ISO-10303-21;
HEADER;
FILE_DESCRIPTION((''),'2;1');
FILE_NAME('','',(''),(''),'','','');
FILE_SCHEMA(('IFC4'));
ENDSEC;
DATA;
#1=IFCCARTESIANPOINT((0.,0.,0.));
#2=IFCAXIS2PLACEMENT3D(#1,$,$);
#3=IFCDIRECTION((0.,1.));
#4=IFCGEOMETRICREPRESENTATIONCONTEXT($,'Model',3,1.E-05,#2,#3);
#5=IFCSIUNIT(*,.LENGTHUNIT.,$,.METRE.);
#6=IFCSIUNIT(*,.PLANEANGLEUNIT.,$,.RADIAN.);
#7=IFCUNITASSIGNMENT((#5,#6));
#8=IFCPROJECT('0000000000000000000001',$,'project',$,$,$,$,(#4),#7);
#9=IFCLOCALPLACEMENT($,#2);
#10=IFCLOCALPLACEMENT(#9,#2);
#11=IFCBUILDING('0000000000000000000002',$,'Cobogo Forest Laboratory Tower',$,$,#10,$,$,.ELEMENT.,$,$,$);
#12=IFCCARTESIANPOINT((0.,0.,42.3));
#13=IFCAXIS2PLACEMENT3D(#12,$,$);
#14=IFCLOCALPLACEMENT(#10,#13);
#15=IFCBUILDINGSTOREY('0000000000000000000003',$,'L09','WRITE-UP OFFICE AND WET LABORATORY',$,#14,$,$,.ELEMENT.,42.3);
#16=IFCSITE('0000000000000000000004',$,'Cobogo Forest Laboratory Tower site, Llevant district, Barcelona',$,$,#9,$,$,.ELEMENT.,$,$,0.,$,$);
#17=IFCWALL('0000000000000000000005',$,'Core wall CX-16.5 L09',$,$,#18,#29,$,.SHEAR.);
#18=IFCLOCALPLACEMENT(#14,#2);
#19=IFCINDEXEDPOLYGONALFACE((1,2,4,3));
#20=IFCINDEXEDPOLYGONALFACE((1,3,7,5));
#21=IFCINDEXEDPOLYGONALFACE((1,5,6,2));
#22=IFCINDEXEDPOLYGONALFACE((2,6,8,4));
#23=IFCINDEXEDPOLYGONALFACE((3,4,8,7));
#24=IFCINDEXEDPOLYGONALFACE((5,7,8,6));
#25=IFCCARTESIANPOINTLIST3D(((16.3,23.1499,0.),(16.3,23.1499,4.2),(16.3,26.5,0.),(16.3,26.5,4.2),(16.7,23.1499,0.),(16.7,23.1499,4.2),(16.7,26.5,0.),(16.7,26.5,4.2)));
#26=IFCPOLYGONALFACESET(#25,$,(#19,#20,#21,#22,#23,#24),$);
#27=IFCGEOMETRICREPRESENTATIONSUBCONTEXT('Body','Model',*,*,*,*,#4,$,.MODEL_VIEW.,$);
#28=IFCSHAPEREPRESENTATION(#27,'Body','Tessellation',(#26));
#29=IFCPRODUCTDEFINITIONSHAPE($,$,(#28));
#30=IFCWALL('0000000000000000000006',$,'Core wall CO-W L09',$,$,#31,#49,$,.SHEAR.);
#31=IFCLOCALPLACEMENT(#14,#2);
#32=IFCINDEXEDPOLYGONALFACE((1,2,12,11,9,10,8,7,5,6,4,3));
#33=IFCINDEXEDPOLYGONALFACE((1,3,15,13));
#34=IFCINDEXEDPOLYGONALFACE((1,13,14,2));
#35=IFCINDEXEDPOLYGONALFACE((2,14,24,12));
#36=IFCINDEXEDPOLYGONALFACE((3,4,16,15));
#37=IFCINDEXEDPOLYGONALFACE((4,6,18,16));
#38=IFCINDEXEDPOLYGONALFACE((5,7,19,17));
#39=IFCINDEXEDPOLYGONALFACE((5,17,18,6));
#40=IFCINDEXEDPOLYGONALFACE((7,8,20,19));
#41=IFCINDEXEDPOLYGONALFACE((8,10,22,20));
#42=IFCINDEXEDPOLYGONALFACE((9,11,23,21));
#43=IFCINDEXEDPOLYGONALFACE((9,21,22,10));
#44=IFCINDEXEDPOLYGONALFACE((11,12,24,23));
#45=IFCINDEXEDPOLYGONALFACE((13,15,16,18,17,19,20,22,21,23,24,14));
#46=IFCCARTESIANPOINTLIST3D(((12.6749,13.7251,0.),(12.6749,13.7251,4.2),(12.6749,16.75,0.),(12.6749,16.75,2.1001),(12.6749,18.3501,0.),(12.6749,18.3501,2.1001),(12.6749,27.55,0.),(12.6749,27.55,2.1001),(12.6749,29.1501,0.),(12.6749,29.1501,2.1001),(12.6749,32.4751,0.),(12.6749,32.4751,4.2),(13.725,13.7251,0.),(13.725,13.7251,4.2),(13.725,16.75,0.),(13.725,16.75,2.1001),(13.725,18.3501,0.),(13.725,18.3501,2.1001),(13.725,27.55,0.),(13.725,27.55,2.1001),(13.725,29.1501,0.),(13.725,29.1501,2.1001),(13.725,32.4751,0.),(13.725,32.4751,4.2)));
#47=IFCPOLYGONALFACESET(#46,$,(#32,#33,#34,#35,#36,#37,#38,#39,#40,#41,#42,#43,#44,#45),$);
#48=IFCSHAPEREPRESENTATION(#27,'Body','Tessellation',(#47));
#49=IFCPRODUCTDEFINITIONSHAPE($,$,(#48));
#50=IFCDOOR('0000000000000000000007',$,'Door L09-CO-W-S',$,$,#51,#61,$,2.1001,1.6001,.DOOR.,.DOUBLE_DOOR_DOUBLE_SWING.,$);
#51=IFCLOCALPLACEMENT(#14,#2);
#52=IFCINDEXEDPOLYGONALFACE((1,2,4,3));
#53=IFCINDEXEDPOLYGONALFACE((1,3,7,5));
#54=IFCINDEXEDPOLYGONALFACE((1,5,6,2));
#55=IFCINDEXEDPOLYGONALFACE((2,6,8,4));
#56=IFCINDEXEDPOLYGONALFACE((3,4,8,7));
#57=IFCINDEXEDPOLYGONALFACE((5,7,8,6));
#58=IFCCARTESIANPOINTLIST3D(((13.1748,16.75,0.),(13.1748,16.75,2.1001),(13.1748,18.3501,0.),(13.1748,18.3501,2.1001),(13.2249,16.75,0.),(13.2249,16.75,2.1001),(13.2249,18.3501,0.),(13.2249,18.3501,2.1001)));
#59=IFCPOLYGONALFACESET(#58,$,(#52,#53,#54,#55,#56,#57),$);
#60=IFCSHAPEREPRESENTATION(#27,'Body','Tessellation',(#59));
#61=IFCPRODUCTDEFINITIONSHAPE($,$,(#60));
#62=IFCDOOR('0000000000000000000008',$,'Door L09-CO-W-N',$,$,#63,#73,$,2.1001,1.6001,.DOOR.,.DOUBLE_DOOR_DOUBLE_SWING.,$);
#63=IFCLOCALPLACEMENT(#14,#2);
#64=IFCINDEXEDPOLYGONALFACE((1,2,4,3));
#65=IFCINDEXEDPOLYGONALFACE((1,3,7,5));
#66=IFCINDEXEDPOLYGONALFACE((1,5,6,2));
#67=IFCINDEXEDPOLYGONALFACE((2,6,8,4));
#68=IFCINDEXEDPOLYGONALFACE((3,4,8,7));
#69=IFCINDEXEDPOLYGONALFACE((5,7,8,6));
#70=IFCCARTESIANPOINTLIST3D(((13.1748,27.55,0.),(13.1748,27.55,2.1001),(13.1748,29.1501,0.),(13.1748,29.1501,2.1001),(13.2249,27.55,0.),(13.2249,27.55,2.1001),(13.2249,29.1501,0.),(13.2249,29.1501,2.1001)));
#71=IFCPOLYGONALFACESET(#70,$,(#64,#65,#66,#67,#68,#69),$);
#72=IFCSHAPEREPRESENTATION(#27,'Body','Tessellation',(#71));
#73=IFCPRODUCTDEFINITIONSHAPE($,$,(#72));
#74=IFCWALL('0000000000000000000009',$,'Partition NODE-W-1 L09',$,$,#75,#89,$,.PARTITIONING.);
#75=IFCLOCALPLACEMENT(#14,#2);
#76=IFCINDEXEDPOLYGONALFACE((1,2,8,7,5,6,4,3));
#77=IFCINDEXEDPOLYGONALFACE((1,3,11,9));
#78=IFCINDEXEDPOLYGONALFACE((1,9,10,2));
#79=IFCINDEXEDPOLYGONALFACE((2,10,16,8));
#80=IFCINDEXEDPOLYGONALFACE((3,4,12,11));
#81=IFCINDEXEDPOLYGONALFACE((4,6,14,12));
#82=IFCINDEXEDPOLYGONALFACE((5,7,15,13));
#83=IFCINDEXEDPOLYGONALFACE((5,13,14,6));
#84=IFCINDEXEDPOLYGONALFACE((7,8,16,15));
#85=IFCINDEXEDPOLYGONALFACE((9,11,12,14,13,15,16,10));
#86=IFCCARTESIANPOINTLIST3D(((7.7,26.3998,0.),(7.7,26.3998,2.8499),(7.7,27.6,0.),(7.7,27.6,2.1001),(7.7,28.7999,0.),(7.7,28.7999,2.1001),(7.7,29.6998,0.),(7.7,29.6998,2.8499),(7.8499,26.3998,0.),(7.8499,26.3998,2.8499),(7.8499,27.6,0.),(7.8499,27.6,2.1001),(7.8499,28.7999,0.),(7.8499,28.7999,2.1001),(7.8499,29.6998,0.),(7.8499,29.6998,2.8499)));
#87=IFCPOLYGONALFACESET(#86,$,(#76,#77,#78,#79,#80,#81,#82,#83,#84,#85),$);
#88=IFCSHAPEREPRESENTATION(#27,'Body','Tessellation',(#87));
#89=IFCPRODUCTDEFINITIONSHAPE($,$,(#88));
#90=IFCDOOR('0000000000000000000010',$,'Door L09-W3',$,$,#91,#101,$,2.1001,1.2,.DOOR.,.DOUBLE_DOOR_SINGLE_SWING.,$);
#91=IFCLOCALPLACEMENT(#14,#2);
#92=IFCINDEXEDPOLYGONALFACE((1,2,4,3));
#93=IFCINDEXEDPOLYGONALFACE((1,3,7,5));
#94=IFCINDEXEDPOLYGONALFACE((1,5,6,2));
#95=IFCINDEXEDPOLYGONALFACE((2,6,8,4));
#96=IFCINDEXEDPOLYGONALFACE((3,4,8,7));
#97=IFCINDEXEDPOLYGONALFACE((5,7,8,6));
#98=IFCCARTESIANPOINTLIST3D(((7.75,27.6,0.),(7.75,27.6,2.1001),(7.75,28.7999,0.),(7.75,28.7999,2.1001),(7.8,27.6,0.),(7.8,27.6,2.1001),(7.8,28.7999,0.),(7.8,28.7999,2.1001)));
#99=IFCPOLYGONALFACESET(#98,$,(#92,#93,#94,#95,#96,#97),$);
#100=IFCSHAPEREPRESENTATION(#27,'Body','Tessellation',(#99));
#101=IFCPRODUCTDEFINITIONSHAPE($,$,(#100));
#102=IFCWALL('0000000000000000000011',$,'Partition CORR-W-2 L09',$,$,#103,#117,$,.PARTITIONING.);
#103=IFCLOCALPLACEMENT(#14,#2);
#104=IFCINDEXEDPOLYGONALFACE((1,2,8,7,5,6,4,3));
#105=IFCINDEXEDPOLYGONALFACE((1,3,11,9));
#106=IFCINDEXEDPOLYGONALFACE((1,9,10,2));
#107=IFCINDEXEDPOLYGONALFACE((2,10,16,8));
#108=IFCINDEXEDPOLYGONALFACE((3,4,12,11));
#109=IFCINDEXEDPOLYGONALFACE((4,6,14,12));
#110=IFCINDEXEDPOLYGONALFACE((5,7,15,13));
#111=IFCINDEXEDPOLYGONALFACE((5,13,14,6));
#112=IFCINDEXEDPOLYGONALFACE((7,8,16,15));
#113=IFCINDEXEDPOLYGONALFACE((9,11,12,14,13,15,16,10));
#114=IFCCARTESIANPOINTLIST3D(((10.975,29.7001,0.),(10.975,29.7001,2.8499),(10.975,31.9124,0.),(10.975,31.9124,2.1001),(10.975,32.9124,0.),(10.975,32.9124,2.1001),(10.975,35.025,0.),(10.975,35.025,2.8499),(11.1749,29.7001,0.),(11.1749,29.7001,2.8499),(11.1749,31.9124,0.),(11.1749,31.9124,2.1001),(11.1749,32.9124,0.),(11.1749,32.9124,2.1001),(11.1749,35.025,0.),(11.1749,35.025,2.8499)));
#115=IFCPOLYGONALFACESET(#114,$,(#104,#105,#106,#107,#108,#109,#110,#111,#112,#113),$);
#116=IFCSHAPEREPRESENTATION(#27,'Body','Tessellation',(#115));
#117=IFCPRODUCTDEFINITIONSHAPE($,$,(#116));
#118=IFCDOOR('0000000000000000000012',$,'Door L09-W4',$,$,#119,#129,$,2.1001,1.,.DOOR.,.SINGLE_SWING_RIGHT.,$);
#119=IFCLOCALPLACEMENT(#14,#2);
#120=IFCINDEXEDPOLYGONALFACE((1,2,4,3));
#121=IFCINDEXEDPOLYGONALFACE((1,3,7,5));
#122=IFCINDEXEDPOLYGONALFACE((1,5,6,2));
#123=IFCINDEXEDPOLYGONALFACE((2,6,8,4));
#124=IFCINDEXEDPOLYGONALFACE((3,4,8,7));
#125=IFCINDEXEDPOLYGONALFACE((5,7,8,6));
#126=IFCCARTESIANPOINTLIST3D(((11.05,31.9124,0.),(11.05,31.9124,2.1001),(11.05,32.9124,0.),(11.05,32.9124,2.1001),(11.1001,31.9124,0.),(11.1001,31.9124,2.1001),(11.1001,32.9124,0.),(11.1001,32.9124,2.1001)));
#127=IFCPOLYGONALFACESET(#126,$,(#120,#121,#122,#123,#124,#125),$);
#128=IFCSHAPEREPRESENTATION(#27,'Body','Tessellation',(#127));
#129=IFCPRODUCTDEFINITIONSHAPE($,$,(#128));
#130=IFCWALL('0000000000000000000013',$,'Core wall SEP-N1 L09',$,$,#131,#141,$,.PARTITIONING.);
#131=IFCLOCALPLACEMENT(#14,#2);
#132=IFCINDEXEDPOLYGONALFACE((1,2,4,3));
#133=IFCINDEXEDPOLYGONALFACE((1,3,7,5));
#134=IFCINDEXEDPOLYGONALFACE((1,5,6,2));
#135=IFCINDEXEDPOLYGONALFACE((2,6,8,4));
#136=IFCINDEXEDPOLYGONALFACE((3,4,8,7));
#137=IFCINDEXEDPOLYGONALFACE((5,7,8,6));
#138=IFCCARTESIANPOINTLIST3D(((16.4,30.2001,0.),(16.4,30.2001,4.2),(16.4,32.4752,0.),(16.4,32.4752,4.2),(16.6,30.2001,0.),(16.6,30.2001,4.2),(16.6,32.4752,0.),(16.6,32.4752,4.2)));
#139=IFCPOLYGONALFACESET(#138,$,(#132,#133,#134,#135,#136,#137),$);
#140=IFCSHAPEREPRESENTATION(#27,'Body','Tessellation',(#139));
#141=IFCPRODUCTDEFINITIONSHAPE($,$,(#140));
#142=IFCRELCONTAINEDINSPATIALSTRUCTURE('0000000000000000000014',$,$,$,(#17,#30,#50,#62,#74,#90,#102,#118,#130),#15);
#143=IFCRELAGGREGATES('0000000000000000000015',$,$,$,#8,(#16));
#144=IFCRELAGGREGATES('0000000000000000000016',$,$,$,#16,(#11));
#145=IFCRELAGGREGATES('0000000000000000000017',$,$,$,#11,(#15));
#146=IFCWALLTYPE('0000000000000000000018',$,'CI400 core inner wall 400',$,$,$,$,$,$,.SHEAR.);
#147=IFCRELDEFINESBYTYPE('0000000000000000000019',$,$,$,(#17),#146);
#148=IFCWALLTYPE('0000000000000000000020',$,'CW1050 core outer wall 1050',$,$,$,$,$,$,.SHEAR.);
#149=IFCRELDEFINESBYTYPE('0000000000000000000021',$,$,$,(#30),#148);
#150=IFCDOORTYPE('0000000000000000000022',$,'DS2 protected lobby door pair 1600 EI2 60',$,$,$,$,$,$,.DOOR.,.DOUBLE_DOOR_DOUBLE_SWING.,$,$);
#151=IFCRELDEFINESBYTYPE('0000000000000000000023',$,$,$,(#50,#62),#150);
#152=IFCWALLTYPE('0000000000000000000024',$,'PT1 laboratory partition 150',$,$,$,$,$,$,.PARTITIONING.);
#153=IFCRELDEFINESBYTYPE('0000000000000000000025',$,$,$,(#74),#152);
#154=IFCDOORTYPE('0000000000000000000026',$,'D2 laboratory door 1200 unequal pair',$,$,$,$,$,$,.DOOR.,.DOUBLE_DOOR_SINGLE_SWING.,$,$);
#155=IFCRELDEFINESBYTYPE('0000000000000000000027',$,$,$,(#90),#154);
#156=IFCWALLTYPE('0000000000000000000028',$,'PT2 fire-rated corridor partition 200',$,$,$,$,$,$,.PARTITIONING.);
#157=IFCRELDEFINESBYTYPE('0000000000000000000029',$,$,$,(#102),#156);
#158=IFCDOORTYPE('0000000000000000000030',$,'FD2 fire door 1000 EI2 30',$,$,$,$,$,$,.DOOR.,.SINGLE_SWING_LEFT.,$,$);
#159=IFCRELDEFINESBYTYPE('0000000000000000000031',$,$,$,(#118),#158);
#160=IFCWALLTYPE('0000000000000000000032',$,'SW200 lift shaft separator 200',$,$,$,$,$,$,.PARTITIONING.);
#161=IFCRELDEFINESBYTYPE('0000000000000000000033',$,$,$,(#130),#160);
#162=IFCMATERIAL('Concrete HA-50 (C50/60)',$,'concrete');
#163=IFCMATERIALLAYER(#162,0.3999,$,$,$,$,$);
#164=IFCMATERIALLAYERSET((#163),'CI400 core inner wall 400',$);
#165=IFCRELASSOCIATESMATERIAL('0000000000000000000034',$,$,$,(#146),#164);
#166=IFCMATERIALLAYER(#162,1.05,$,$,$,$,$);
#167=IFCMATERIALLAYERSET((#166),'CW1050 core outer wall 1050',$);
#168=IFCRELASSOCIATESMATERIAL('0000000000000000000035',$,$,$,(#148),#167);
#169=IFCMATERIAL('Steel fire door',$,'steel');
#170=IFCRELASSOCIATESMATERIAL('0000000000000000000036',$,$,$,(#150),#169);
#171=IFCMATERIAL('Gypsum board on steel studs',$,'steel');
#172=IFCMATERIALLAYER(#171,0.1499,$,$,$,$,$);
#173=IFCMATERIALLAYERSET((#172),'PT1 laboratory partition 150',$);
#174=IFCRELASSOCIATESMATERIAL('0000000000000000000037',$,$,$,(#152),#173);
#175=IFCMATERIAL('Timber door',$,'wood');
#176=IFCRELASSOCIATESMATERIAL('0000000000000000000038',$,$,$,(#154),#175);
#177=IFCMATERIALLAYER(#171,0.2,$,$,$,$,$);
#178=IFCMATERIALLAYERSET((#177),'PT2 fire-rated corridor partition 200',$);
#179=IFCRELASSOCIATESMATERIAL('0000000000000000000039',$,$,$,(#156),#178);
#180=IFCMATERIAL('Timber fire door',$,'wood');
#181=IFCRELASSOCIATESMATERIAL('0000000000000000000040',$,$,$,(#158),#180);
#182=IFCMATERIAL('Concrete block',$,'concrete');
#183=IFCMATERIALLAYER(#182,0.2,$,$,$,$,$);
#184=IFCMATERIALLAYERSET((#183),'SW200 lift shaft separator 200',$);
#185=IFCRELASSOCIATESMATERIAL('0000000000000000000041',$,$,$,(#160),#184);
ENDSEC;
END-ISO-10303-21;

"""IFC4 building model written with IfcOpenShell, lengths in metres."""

from ifc_helpers import new_model, si_unit, direction, frame, frame_2d, origin, place, context, subcontext, project, spatial, rectangle, extrude, material, layer, layer_set, type_object, element, fill, save


model = new_model("IFC4")

# Units and contexts
model_context = context("Model", 3, precision=1e-05, world=origin(), true_north=direction((0.0, 1.0)))
body_context = subcontext(model_context, "Body", "Model", "MODEL_VIEW")
ifc_project = project(units=[si_unit("LENGTHUNIT", "METRE"), si_unit("PLANEANGLEUNIT", "RADIAN")], contexts=[model_context])

# Site, building, storey
site_placement = place(None, origin())
site = spatial("IfcSite", under=ifc_project, at=site_placement, Name="Cobogo Forest Laboratory Tower site, Llevant district, Barcelona", CompositionType="ELEMENT", RefElevation=0.0)
building_placement = place(site_placement, origin())
building = spatial("IfcBuilding", under=site, at=building_placement, Name="Cobogo Forest Laboratory Tower", CompositionType="ELEMENT")
storey_placement = place(building_placement, frame((0.0, 0.0, 42.3)))
storey = spatial("IfcBuildingStorey", under=building, at=storey_placement, Name="L09", Description="WRITE-UP OFFICE AND WET LABORATORY", CompositionType="ELEMENT", Elevation=42.3)

# Shared definitions
ifc_material_1 = material(Name="Concrete HA-50 (C50/60)", Category="concrete")
ifc_layer_1 = layer(ifc_material_1, 0.3999)
ifc_layer_set_1 = layer_set([ifc_layer_1], Name="CI400 core inner wall 400")
wall_type_1 = type_object("IfcWallType", Name="CI400 core inner wall 400", PredefinedType="SHEAR", material=ifc_layer_set_1)

# Shared definitions
ifc_material_2 = material(Name="Steel fire door", Category="steel")

# Wall
wall_1_placement = place(storey_placement, frame((16.5, 23.1499, 0.0), z_axis=(0.0, 0.0, 1.0), x_axis=(0.0, 1.0, 0.0)))
element("IfcWall", 1, at=wall_1_placement, inside=storey, type_object=wall_type_1, Name="Core wall CX-16.5 L09", PredefinedType="SHEAR", context=body_context, shape_type="SweptSolid", body=[
    extrude(rectangle(XDim=3.3501, YDim=0.3999, at=frame_2d((1.675, 0.0))), origin(), (0.0, 0.0, 1.0), 4.2),
])

# Wall, openings, doors
ifc_layer_2 = layer(ifc_material_1, 1.05)
ifc_layer_set_2 = layer_set([ifc_layer_2], Name="CW1050 core outer wall 1050")
wall_type_2 = type_object("IfcWallType", Name="CW1050 core outer wall 1050", PredefinedType="SHEAR", material=ifc_layer_set_2)
wall_2_placement = place(storey_placement, frame((13.2, 32.4751, 0.0), z_axis=(0.0, 0.0, 1.0), x_axis=(0.0, -1.0, 0.0)))
wall_2 = element("IfcWall", 2, at=wall_2_placement, inside=storey, type_object=wall_type_2, Name="Core wall CO-W L09", PredefinedType="SHEAR", context=body_context, shape_type="SweptSolid", body=[
    extrude(rectangle(XDim=18.75, YDim=1.05, at=frame_2d((9.375, 0.0))), origin(), (0.0, 0.0, 1.0), 4.2),
])
opening_1_placement = place(wall_2_placement, frame((14.125, 0.0, 0.0)))
opening_1 = element("IfcOpeningElement", 3, at=opening_1_placement, cuts=wall_2, PredefinedType="OPENING", context=body_context, shape_type="SweptSolid", body=[
    extrude(rectangle(XDim=1.6001, YDim=2.1001, at=frame_2d((0.8, 1.05))), frame((0.0, 0.5349, 0.0), z_axis=(0.0, -1.0, 0.0), x_axis=(1.0, 0.0, 0.0)), (0.0, 0.0, 1.0), 1.0701),
])
opening_2_placement = place(wall_2_placement, frame((3.325, 0.0, 0.0)))
opening_2 = element("IfcOpeningElement", 4, at=opening_2_placement, cuts=wall_2, PredefinedType="OPENING", context=body_context, shape_type="SweptSolid", body=[
    extrude(rectangle(XDim=1.6001, YDim=2.1001, at=frame_2d((0.8, 1.05))), frame((0.0, 0.5349, 0.0), z_axis=(0.0, -1.0, 0.0), x_axis=(1.0, 0.0, 0.0)), (0.0, 0.0, 1.0), 1.0701),
])
door_type_1 = type_object("IfcDoorType", Name="DS2 protected lobby door pair 1600 EI2 60", OperationType="DOUBLE_DOOR_DOUBLE_SWING", PredefinedType="DOOR", material=ifc_material_2)
door_1_placement = place(opening_1_placement, origin())
door_1 = element("IfcDoor", 5, at=door_1_placement, inside=storey, type_object=door_type_1, Name="Door L09-CO-W-S", OperationType="DOUBLE_DOOR_DOUBLE_SWING", OverallHeight=2.1001, OverallWidth=1.6001, PredefinedType="DOOR", context=body_context, shape_type="SweptSolid", body=[
    extrude(rectangle(XDim=1.6001, YDim=2.1001, at=frame_2d((0.8, 1.05))), frame((0.0, 0.0249, 0.0), z_axis=(0.0, -1.0, 0.0), x_axis=(1.0, 0.0, 0.0)), (0.0, 0.0, 1.0), 0.05),
])
fill(opening_1, door_1)
door_2_placement = place(opening_2_placement, origin())
door_2 = element("IfcDoor", 6, at=door_2_placement, inside=storey, type_object=door_type_1, Name="Door L09-CO-W-N", OperationType="DOUBLE_DOOR_DOUBLE_SWING", OverallHeight=2.1001, OverallWidth=1.6001, PredefinedType="DOOR", context=body_context, shape_type="SweptSolid", body=[
    extrude(rectangle(XDim=1.6001, YDim=2.1001, at=frame_2d((0.8, 1.05))), frame((0.0, 0.0249, 0.0), z_axis=(0.0, -1.0, 0.0), x_axis=(1.0, 0.0, 0.0)), (0.0, 0.0, 1.0), 0.05),
])
fill(opening_2, door_2)

# Walls, openings, doors
ifc_material_3 = material(Name="Gypsum board on steel studs", Category="steel")
ifc_layer_3 = layer(ifc_material_3, 0.1499)
ifc_layer_set_3 = layer_set([ifc_layer_3], Name="PT1 laboratory partition 150")
wall_type_3 = type_object("IfcWallType", Name="PT1 laboratory partition 150", PredefinedType="PARTITIONING", material=ifc_layer_set_3)
wall_3_placement = place(storey_placement, frame((7.7749, 26.3999, 0.0), z_axis=(0.0, 0.0, 1.0), x_axis=(0.0, 1.0, 0.0)))
wall_3 = element("IfcWall", 7, at=wall_3_placement, inside=storey, type_object=wall_type_3, Name="Partition NODE-W-1 L09", PredefinedType="PARTITIONING", context=body_context, shape_type="SweptSolid", body=[
    extrude(rectangle(XDim=3.3, YDim=0.1499, at=frame_2d((1.6499, 0.0))), origin(), (0.0, 0.0, 1.0), 2.8499),
])
opening_3_placement = place(wall_3_placement, frame((1.2, 0.0, 0.0)))
opening_3 = element("IfcOpeningElement", 8, at=opening_3_placement, cuts=wall_3, PredefinedType="OPENING", context=body_context, shape_type="SweptSolid", body=[
    extrude(rectangle(XDim=1.2, YDim=2.1001, at=frame_2d((0.6001, 1.05))), frame((0.0, 0.085, 0.0), z_axis=(0.0, -1.0, 0.0), x_axis=(1.0, 0.0, 0.0)), (0.0, 0.0, 1.0), 0.1699),
])
ifc_material_4 = material(Name="Timber door", Category="wood")
door_type_2 = type_object("IfcDoorType", Name="D2 laboratory door 1200 unequal pair", OperationType="DOUBLE_DOOR_SINGLE_SWING", PredefinedType="DOOR", material=ifc_material_4)
door_3_placement = place(opening_3_placement, origin())
door_3 = element("IfcDoor", 9, at=door_3_placement, inside=storey, type_object=door_type_2, Name="Door L09-W3", OperationType="DOUBLE_DOOR_SINGLE_SWING", OverallHeight=2.1001, OverallWidth=1.2, PredefinedType="DOOR", context=body_context, shape_type="SweptSolid", body=[
    extrude(rectangle(XDim=1.2, YDim=2.1001, at=frame_2d((0.6001, 1.05))), frame((0.0, 0.0249, 0.0), z_axis=(0.0, -1.0, 0.0), x_axis=(1.0, 0.0, 0.0)), (0.0, 0.0, 1.0), 0.05),
])
fill(opening_3, door_3)
ifc_layer_4 = layer(ifc_material_3, 0.2)
ifc_layer_set_4 = layer_set([ifc_layer_4], Name="PT2 fire-rated corridor partition 200")
wall_type_4 = type_object("IfcWallType", Name="PT2 fire-rated corridor partition 200", PredefinedType="PARTITIONING", material=ifc_layer_set_4)
wall_4_placement = place(storey_placement, frame((11.075, 29.7, 0.0), z_axis=(0.0, 0.0, 1.0), x_axis=(0.0, 1.0, 0.0)))
wall_4 = element("IfcWall", 10, at=wall_4_placement, inside=storey, type_object=wall_type_4, Name="Partition CORR-W-2 L09", PredefinedType="PARTITIONING", context=body_context, shape_type="SweptSolid", body=[
    extrude(rectangle(XDim=5.325, YDim=0.2, at=frame_2d((2.6626, 0.0))), origin(), (0.0, 0.0, 1.0), 2.8499),
])
opening_4_placement = place(wall_4_placement, frame((2.2124, 0.0, 0.0)))
opening_4 = element("IfcOpeningElement", 11, at=opening_4_placement, cuts=wall_4, PredefinedType="OPENING", context=body_context, shape_type="SweptSolid", body=[
    extrude(rectangle(XDim=1.0, YDim=2.1001, at=frame_2d((0.5, 1.05))), frame((0.0, 0.1099, 0.0), z_axis=(0.0, -1.0, 0.0), x_axis=(1.0, 0.0, 0.0)), (0.0, 0.0, 1.0), 0.22),
])
ifc_material_5 = material(Name="Timber fire door", Category="wood")
door_type_3 = type_object("IfcDoorType", Name="FD2 fire door 1000 EI2 30", OperationType="SINGLE_SWING_LEFT", PredefinedType="DOOR", material=ifc_material_5)
door_4_placement = place(opening_4_placement, origin())
door_4 = element("IfcDoor", 12, at=door_4_placement, inside=storey, type_object=door_type_3, Name="Door L09-W4", OperationType="SINGLE_SWING_RIGHT", OverallHeight=2.1001, OverallWidth=1.0, PredefinedType="DOOR", context=body_context, shape_type="SweptSolid", body=[
    extrude(rectangle(XDim=1.0, YDim=2.1001, at=frame_2d((0.5, 1.05))), frame((0.0, 0.0249, 0.0), z_axis=(0.0, -1.0, 0.0), x_axis=(1.0, 0.0, 0.0)), (0.0, 0.0, 1.0), 0.05),
])
fill(opening_4, door_4)

# Wall
ifc_material_6 = material(Name="Concrete block", Category="concrete")
ifc_layer_5 = layer(ifc_material_6, 0.2)
ifc_layer_set_5 = layer_set([ifc_layer_5], Name="SW200 lift shaft separator 200")
wall_type_5 = type_object("IfcWallType", Name="SW200 lift shaft separator 200", PredefinedType="PARTITIONING", material=ifc_layer_set_5)
wall_5_placement = place(storey_placement, frame((16.5, 30.2, 0.0), z_axis=(0.0, 0.0, 1.0), x_axis=(0.0, 1.0, 0.0)))
element("IfcWall", 13, at=wall_5_placement, inside=storey, type_object=wall_type_5, Name="Core wall SEP-N1 L09", PredefinedType="PARTITIONING", context=body_context, shape_type="SweptSolid", body=[
    extrude(rectangle(XDim=2.2751, YDim=0.2, at=frame_2d((1.1377, 0.0))), origin(), (0.0, 0.0, 1.0), 4.2),
])

save(model, "model.ifc")
